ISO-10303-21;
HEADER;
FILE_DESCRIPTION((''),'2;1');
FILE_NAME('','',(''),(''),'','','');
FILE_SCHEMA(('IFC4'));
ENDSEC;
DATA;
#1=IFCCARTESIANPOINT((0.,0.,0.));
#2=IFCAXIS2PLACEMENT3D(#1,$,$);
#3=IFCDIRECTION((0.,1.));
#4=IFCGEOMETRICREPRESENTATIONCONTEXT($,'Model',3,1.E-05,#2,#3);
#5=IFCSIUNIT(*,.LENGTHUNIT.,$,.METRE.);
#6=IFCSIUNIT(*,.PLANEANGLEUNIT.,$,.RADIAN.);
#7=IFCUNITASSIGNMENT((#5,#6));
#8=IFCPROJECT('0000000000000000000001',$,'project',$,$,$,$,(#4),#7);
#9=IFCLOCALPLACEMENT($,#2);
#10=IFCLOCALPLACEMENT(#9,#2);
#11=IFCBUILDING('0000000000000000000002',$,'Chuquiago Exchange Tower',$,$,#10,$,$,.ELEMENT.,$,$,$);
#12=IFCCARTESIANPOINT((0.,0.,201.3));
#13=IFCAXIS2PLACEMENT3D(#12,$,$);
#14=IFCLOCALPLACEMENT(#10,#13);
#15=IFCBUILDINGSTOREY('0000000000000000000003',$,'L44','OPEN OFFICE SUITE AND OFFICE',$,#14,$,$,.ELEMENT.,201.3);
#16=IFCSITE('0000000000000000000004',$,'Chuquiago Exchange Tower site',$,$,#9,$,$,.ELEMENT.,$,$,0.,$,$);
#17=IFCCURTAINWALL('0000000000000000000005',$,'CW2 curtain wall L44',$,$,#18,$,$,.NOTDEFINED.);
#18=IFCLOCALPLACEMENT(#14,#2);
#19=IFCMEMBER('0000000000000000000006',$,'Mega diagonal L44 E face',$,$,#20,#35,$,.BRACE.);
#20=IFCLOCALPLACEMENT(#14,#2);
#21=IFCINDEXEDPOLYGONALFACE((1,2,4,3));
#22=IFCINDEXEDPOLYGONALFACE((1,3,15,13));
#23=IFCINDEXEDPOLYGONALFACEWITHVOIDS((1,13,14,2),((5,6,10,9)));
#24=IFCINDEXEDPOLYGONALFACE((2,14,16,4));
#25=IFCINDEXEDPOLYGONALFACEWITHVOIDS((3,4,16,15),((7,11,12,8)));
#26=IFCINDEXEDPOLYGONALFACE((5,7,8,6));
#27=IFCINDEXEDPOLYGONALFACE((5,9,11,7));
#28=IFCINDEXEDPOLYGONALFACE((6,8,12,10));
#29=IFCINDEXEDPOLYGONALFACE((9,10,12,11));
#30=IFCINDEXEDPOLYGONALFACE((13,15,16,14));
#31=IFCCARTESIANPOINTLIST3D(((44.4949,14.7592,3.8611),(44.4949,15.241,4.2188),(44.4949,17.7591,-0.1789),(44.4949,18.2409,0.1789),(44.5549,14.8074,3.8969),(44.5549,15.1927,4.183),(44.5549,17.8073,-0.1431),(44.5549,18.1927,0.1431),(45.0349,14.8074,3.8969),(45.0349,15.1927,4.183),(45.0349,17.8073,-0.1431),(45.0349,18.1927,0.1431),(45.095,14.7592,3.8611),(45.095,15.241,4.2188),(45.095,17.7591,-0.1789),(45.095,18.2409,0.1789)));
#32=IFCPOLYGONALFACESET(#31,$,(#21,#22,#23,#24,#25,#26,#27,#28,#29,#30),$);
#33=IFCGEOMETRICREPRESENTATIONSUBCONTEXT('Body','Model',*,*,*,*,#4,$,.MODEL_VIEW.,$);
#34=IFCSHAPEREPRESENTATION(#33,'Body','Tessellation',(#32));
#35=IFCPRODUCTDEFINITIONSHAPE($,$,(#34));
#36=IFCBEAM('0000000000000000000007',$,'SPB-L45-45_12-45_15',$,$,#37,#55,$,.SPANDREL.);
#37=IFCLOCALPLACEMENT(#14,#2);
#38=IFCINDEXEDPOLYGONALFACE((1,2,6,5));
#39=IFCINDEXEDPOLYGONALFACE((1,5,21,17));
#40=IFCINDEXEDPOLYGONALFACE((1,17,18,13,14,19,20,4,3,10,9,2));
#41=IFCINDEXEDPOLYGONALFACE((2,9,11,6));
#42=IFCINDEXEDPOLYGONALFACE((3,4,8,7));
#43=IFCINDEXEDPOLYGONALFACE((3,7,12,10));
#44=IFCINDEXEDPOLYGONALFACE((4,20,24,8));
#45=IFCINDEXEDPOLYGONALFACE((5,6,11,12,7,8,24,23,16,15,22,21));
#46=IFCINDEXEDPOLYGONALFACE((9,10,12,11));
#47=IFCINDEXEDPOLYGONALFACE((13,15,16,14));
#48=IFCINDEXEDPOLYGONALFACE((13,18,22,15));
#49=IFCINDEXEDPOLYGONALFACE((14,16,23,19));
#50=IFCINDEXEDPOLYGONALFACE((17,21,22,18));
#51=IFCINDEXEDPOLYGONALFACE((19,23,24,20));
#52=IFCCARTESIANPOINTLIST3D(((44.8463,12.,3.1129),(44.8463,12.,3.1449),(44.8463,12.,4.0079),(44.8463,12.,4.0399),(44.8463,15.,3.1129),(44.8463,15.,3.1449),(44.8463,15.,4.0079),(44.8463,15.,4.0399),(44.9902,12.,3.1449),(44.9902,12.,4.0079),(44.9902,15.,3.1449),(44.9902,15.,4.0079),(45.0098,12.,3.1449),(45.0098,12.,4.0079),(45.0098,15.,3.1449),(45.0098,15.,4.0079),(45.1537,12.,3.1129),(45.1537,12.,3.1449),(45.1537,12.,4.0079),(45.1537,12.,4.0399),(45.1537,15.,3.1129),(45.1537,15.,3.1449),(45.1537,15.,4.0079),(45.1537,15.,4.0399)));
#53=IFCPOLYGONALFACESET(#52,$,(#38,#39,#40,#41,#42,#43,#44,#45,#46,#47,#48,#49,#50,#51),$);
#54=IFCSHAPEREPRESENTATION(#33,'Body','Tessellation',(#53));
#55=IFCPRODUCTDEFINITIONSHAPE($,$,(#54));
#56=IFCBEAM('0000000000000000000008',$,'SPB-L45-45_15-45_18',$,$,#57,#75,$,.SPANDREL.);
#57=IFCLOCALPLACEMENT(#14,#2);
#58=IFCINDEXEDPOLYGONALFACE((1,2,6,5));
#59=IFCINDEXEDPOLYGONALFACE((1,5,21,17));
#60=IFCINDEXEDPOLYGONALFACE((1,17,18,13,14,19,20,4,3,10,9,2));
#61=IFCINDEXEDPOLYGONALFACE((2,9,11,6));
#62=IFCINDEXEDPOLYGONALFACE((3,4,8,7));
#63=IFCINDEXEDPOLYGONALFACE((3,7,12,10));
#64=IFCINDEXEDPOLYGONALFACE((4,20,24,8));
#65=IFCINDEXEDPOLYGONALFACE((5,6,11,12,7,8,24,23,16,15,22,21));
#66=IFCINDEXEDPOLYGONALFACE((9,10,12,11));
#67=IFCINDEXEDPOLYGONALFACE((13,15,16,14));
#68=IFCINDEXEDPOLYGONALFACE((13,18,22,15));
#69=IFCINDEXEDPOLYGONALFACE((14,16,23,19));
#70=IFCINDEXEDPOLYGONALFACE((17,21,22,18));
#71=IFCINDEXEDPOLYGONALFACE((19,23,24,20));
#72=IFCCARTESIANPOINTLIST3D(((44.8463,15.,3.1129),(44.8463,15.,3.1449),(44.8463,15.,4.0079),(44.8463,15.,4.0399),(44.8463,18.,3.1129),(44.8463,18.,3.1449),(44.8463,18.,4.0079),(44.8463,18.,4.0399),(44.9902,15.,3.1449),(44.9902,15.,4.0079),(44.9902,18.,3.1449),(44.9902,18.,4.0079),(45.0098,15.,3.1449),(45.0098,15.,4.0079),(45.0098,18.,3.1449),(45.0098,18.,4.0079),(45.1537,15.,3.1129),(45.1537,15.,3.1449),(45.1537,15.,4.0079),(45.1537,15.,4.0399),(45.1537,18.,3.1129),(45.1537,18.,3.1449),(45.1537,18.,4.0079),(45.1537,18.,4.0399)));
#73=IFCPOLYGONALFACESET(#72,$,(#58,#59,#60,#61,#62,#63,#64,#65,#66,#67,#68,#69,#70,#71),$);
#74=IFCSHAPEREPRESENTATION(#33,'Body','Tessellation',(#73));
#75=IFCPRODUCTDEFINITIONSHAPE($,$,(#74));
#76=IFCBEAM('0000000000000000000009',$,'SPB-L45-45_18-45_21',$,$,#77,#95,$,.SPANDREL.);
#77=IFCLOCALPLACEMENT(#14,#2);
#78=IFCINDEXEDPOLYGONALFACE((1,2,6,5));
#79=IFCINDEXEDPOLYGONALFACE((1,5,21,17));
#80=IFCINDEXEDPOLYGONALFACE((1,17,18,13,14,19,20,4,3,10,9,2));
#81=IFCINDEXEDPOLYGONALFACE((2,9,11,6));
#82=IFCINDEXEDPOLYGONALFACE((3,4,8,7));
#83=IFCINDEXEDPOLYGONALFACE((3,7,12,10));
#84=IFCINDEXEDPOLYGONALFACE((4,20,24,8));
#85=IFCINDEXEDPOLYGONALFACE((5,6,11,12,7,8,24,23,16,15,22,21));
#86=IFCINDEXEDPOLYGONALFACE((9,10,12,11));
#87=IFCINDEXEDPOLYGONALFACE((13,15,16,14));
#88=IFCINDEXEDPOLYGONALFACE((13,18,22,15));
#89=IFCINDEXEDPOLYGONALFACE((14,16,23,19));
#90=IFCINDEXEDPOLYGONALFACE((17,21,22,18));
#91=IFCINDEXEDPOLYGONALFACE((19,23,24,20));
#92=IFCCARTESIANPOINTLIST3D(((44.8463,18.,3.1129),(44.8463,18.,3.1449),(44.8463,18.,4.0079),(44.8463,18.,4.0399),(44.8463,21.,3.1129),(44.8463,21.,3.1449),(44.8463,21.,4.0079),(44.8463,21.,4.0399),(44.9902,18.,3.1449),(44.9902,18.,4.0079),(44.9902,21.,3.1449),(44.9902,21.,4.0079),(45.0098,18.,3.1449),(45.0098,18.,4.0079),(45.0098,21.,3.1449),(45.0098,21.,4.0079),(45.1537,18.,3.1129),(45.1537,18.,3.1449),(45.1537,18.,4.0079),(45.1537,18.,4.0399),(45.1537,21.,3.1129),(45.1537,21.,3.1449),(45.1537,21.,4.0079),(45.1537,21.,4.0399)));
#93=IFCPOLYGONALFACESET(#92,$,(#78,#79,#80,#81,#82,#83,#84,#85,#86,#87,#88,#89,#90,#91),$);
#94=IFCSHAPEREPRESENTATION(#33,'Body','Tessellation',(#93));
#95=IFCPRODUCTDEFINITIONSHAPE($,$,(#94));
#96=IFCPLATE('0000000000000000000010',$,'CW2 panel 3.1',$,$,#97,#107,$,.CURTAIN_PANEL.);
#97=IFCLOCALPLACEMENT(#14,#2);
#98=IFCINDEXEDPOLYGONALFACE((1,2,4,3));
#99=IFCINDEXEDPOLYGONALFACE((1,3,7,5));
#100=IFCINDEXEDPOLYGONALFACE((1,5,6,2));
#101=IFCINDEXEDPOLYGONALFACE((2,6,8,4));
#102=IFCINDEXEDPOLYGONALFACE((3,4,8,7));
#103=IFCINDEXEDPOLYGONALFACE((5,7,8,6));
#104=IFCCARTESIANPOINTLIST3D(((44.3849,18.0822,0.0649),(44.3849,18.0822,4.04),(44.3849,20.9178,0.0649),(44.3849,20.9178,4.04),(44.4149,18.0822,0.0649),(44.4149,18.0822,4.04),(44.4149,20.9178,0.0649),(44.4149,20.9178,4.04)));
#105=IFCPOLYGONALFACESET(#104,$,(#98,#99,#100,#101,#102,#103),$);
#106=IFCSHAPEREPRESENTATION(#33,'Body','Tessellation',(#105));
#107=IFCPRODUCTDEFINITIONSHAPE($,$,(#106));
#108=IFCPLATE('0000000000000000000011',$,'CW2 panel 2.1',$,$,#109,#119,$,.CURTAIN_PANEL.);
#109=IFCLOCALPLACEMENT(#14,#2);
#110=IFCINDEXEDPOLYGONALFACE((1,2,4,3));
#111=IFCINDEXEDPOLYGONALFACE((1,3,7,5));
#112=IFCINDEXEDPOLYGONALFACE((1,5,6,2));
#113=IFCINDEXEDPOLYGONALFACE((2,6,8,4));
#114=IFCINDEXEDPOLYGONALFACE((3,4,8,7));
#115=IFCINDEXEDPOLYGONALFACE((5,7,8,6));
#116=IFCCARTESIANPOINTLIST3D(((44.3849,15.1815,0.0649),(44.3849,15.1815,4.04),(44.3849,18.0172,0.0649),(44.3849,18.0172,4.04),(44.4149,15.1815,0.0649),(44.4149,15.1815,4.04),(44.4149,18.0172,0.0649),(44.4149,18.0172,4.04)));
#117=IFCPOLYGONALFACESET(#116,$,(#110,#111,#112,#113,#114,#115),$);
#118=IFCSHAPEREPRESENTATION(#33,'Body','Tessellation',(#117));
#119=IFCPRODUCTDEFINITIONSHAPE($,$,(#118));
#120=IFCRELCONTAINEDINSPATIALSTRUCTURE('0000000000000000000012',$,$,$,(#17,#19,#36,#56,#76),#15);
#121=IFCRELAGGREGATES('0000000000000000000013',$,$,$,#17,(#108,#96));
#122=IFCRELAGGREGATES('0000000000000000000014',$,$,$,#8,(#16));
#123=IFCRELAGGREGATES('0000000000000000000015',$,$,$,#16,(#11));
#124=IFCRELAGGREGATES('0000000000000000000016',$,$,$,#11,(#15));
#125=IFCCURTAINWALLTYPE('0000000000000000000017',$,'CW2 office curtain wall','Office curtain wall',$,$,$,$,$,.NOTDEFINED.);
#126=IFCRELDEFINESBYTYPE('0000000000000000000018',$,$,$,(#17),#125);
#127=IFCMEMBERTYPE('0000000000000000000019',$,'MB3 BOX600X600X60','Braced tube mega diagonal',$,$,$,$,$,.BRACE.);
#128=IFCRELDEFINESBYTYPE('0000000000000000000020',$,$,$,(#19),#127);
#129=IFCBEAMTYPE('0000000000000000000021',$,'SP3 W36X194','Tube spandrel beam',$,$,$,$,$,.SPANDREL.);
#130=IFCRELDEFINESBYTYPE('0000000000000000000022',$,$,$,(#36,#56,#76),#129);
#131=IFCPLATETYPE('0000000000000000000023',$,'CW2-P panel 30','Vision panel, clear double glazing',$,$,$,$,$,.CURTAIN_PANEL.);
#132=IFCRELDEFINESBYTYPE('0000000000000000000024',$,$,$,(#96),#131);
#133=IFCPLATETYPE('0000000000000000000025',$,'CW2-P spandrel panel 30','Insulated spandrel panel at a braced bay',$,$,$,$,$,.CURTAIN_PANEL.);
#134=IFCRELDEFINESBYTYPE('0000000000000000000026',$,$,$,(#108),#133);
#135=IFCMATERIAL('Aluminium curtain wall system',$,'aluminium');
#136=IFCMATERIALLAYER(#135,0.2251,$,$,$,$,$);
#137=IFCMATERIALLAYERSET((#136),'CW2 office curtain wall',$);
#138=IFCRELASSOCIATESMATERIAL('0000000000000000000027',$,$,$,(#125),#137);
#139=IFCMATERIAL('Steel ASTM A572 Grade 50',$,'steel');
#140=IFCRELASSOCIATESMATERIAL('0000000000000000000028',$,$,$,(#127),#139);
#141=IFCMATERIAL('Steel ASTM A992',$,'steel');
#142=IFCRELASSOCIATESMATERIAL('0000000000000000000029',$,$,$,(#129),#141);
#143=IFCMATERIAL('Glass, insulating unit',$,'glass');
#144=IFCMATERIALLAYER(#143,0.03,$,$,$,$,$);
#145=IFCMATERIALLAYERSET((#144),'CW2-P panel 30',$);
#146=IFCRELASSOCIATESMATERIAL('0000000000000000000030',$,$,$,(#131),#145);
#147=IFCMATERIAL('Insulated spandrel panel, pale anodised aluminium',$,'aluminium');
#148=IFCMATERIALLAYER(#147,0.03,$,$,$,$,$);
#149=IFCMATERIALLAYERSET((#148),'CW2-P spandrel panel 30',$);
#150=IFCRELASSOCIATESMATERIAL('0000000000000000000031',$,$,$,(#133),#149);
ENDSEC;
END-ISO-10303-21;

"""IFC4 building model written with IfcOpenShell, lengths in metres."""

from ifc_helpers import new_model, si_unit, direction, frame, origin, origin_2d, place, context, subcontext, project, spatial, rectangle, hollow_rectangle, i_section, extrude, material, layer, layer_set, material_profile, profile_set, type_object, element, aggregate, save


model = new_model("IFC4")

# Units and contexts
model_context = context("Model", 3, precision=1e-05, world=origin(), true_north=direction((0.0, 1.0)))
body_context = subcontext(model_context, "Body", "Model", "MODEL_VIEW")
ifc_project = project(units=[si_unit("LENGTHUNIT", "METRE"), si_unit("PLANEANGLEUNIT", "RADIAN")], contexts=[model_context])

# Site, building, storey
site_placement = place(None, origin())
site = spatial("IfcSite", under=ifc_project, at=site_placement, Name="Chuquiago Exchange Tower site", CompositionType="ELEMENT", RefElevation=0.0)
building_placement = place(site_placement, origin())
building = spatial("IfcBuilding", under=site, at=building_placement, Name="Chuquiago Exchange Tower", CompositionType="ELEMENT")
storey_placement = place(building_placement, frame((0.0, 0.0, 201.3)))
storey = spatial("IfcBuildingStorey", under=building, at=storey_placement, Name="L44", Description="OPEN OFFICE SUITE AND OFFICE", CompositionType="ELEMENT", Elevation=201.3)

# Curtain wall
ifc_material_1 = material(Name="Aluminium curtain wall system", Category="aluminium")
ifc_layer_1 = layer(ifc_material_1, 0.2251)
ifc_layer_set_1 = layer_set([ifc_layer_1], Name="CW2 office curtain wall")
curtain_wall_type = type_object("IfcCurtainWallType", Name="CW2 office curtain wall", Description="Office curtain wall", PredefinedType="NOTDEFINED", material=ifc_layer_set_1)
curtain_wall_placement = place(storey_placement, origin())
curtain_wall = element("IfcCurtainWall", 1, at=curtain_wall_placement, inside=storey, type_object=curtain_wall_type, Name="CW2 curtain wall L44", PredefinedType="NOTDEFINED")

# Member
ifc_material_2 = material(Name="Steel ASTM A572 Grade 50", Category="steel")
ifc_material_profile_1 = material_profile(ifc_material_2, hollow_rectangle(XDim=0.6001, YDim=0.6001, WallThickness=0.0601, at=origin_2d()), Name="BOX600X600X60")
ifc_profile_set_1 = profile_set([ifc_material_profile_1], Name="Steel ASTM A572 Grade 50")
member_type_1 = type_object("IfcMemberType", Name="MB3 BOX600X600X60", Description="Braced tube mega diagonal", PredefinedType="BRACE", material=ifc_profile_set_1)
for number, where, z_axis, x_axis, name in (
    (2, (44.7949, 18.0, 0.0), (0.0, -0.596174, 0.802855), (1.0, 0.0, 0.0), "Mega diagonal L44 E face"),
):
    element("IfcMember", number, at=place(storey_placement, frame(where, z_axis=z_axis, x_axis=x_axis)), inside=storey, type_object=member_type_1, Name=name, PredefinedType="BRACE", context=body_context, shape_type="SweptSolid", body=[
        extrude(hollow_rectangle(XDim=0.6001, YDim=0.6001, WallThickness=0.0601, at=origin_2d()), origin(), (0.0, 0.0, 1.0), 5.032),
    ])

# Beams
ifc_material_3 = material(Name="Steel ASTM A992", Category="steel")
ifc_material_profile_2 = material_profile(ifc_material_3, i_section(OverallWidth=0.3074, OverallDepth=0.927, WebThickness=0.0195, FlangeThickness=0.032, at=origin_2d()), Name="W36X194")
ifc_profile_set_2 = profile_set([ifc_material_profile_2], Name="Steel ASTM A992")
beam_type = type_object("IfcBeamType", Name="SP3 W36X194", Description="Tube spandrel beam", PredefinedType="SPANDREL", material=ifc_profile_set_2)
for number, where, z_axis, x_axis, name in (
    (3, (45.0, 12.0, 3.5764), (0.0, 1.0, 0.0), (-1.0, 0.0, 0.0), "SPB-L45-45_12-45_15"),
    (4, (45.0, 15.0, 3.5764), (0.0, 1.0, 0.0), (-1.0, 0.0, 0.0), "SPB-L45-45_15-45_18"),
    (5, (45.0, 18.0, 3.5764), (0.0, 1.0, 0.0), (-1.0, 0.0, 0.0), "SPB-L45-45_18-45_21"),
):
    element("IfcBeam", number, at=place(storey_placement, frame(where, z_axis=z_axis, x_axis=x_axis)), inside=storey, type_object=beam_type, Name=name, PredefinedType="SPANDREL", context=body_context, shape_type="SweptSolid", body=[
        extrude(i_section(OverallWidth=0.3074, OverallDepth=0.927, WebThickness=0.0195, FlangeThickness=0.032, at=origin_2d()), origin(), (0.0, 0.0, 1.0), 3.0),
    ])

# Plates
ifc_material_4 = material(Name="Glass, insulating unit", Category="glass")
ifc_layer_2 = layer(ifc_material_4, 0.03)
ifc_layer_set_2 = layer_set([ifc_layer_2], Name="CW2-P panel 30")
plate_type_1 = type_object("IfcPlateType", Name="CW2-P panel 30", Description="Vision panel, clear double glazing", PredefinedType="CURTAIN_PANEL", material=ifc_layer_set_2)
plate_1_placement = place(storey_placement, frame((44.3999, 19.5, 0.0649), z_axis=(0.0, 0.0, 1.0), x_axis=(0.0, 1.0, 0.0)))
plate_1 = element("IfcPlate", 6, at=plate_1_placement, type_object=plate_type_1, Name="CW2 panel 3.1", PredefinedType="CURTAIN_PANEL", context=body_context, shape_type="SweptSolid", body=[
    extrude(rectangle(XDim=2.8357, YDim=0.03, at=origin_2d()), origin(), (0.0, 0.0, 1.0), 3.9751),
])
ifc_material_5 = material(Name="Insulated spandrel panel, pale anodised aluminium", Category="aluminium")
ifc_layer_3 = layer(ifc_material_5, 0.03)
ifc_layer_set_3 = layer_set([ifc_layer_3], Name="CW2-P spandrel panel 30")
plate_type_2 = type_object("IfcPlateType", Name="CW2-P spandrel panel 30", Description="Insulated spandrel panel at a braced bay", PredefinedType="CURTAIN_PANEL", material=ifc_layer_set_3)
plate_2_placement = place(storey_placement, frame((44.3999, 16.5994, 0.0649), z_axis=(0.0, 0.0, 1.0), x_axis=(0.0, 1.0, 0.0)))
plate_2 = element("IfcPlate", 7, at=plate_2_placement, type_object=plate_type_2, Name="CW2 panel 2.1", PredefinedType="CURTAIN_PANEL", context=body_context, shape_type="SweptSolid", body=[
    extrude(rectangle(XDim=2.8357, YDim=0.03, at=origin_2d()), origin(), (0.0, 0.0, 1.0), 3.9751),
])
aggregate(curtain_wall, [plate_2, plate_1])

save(model, "model.ifc")
